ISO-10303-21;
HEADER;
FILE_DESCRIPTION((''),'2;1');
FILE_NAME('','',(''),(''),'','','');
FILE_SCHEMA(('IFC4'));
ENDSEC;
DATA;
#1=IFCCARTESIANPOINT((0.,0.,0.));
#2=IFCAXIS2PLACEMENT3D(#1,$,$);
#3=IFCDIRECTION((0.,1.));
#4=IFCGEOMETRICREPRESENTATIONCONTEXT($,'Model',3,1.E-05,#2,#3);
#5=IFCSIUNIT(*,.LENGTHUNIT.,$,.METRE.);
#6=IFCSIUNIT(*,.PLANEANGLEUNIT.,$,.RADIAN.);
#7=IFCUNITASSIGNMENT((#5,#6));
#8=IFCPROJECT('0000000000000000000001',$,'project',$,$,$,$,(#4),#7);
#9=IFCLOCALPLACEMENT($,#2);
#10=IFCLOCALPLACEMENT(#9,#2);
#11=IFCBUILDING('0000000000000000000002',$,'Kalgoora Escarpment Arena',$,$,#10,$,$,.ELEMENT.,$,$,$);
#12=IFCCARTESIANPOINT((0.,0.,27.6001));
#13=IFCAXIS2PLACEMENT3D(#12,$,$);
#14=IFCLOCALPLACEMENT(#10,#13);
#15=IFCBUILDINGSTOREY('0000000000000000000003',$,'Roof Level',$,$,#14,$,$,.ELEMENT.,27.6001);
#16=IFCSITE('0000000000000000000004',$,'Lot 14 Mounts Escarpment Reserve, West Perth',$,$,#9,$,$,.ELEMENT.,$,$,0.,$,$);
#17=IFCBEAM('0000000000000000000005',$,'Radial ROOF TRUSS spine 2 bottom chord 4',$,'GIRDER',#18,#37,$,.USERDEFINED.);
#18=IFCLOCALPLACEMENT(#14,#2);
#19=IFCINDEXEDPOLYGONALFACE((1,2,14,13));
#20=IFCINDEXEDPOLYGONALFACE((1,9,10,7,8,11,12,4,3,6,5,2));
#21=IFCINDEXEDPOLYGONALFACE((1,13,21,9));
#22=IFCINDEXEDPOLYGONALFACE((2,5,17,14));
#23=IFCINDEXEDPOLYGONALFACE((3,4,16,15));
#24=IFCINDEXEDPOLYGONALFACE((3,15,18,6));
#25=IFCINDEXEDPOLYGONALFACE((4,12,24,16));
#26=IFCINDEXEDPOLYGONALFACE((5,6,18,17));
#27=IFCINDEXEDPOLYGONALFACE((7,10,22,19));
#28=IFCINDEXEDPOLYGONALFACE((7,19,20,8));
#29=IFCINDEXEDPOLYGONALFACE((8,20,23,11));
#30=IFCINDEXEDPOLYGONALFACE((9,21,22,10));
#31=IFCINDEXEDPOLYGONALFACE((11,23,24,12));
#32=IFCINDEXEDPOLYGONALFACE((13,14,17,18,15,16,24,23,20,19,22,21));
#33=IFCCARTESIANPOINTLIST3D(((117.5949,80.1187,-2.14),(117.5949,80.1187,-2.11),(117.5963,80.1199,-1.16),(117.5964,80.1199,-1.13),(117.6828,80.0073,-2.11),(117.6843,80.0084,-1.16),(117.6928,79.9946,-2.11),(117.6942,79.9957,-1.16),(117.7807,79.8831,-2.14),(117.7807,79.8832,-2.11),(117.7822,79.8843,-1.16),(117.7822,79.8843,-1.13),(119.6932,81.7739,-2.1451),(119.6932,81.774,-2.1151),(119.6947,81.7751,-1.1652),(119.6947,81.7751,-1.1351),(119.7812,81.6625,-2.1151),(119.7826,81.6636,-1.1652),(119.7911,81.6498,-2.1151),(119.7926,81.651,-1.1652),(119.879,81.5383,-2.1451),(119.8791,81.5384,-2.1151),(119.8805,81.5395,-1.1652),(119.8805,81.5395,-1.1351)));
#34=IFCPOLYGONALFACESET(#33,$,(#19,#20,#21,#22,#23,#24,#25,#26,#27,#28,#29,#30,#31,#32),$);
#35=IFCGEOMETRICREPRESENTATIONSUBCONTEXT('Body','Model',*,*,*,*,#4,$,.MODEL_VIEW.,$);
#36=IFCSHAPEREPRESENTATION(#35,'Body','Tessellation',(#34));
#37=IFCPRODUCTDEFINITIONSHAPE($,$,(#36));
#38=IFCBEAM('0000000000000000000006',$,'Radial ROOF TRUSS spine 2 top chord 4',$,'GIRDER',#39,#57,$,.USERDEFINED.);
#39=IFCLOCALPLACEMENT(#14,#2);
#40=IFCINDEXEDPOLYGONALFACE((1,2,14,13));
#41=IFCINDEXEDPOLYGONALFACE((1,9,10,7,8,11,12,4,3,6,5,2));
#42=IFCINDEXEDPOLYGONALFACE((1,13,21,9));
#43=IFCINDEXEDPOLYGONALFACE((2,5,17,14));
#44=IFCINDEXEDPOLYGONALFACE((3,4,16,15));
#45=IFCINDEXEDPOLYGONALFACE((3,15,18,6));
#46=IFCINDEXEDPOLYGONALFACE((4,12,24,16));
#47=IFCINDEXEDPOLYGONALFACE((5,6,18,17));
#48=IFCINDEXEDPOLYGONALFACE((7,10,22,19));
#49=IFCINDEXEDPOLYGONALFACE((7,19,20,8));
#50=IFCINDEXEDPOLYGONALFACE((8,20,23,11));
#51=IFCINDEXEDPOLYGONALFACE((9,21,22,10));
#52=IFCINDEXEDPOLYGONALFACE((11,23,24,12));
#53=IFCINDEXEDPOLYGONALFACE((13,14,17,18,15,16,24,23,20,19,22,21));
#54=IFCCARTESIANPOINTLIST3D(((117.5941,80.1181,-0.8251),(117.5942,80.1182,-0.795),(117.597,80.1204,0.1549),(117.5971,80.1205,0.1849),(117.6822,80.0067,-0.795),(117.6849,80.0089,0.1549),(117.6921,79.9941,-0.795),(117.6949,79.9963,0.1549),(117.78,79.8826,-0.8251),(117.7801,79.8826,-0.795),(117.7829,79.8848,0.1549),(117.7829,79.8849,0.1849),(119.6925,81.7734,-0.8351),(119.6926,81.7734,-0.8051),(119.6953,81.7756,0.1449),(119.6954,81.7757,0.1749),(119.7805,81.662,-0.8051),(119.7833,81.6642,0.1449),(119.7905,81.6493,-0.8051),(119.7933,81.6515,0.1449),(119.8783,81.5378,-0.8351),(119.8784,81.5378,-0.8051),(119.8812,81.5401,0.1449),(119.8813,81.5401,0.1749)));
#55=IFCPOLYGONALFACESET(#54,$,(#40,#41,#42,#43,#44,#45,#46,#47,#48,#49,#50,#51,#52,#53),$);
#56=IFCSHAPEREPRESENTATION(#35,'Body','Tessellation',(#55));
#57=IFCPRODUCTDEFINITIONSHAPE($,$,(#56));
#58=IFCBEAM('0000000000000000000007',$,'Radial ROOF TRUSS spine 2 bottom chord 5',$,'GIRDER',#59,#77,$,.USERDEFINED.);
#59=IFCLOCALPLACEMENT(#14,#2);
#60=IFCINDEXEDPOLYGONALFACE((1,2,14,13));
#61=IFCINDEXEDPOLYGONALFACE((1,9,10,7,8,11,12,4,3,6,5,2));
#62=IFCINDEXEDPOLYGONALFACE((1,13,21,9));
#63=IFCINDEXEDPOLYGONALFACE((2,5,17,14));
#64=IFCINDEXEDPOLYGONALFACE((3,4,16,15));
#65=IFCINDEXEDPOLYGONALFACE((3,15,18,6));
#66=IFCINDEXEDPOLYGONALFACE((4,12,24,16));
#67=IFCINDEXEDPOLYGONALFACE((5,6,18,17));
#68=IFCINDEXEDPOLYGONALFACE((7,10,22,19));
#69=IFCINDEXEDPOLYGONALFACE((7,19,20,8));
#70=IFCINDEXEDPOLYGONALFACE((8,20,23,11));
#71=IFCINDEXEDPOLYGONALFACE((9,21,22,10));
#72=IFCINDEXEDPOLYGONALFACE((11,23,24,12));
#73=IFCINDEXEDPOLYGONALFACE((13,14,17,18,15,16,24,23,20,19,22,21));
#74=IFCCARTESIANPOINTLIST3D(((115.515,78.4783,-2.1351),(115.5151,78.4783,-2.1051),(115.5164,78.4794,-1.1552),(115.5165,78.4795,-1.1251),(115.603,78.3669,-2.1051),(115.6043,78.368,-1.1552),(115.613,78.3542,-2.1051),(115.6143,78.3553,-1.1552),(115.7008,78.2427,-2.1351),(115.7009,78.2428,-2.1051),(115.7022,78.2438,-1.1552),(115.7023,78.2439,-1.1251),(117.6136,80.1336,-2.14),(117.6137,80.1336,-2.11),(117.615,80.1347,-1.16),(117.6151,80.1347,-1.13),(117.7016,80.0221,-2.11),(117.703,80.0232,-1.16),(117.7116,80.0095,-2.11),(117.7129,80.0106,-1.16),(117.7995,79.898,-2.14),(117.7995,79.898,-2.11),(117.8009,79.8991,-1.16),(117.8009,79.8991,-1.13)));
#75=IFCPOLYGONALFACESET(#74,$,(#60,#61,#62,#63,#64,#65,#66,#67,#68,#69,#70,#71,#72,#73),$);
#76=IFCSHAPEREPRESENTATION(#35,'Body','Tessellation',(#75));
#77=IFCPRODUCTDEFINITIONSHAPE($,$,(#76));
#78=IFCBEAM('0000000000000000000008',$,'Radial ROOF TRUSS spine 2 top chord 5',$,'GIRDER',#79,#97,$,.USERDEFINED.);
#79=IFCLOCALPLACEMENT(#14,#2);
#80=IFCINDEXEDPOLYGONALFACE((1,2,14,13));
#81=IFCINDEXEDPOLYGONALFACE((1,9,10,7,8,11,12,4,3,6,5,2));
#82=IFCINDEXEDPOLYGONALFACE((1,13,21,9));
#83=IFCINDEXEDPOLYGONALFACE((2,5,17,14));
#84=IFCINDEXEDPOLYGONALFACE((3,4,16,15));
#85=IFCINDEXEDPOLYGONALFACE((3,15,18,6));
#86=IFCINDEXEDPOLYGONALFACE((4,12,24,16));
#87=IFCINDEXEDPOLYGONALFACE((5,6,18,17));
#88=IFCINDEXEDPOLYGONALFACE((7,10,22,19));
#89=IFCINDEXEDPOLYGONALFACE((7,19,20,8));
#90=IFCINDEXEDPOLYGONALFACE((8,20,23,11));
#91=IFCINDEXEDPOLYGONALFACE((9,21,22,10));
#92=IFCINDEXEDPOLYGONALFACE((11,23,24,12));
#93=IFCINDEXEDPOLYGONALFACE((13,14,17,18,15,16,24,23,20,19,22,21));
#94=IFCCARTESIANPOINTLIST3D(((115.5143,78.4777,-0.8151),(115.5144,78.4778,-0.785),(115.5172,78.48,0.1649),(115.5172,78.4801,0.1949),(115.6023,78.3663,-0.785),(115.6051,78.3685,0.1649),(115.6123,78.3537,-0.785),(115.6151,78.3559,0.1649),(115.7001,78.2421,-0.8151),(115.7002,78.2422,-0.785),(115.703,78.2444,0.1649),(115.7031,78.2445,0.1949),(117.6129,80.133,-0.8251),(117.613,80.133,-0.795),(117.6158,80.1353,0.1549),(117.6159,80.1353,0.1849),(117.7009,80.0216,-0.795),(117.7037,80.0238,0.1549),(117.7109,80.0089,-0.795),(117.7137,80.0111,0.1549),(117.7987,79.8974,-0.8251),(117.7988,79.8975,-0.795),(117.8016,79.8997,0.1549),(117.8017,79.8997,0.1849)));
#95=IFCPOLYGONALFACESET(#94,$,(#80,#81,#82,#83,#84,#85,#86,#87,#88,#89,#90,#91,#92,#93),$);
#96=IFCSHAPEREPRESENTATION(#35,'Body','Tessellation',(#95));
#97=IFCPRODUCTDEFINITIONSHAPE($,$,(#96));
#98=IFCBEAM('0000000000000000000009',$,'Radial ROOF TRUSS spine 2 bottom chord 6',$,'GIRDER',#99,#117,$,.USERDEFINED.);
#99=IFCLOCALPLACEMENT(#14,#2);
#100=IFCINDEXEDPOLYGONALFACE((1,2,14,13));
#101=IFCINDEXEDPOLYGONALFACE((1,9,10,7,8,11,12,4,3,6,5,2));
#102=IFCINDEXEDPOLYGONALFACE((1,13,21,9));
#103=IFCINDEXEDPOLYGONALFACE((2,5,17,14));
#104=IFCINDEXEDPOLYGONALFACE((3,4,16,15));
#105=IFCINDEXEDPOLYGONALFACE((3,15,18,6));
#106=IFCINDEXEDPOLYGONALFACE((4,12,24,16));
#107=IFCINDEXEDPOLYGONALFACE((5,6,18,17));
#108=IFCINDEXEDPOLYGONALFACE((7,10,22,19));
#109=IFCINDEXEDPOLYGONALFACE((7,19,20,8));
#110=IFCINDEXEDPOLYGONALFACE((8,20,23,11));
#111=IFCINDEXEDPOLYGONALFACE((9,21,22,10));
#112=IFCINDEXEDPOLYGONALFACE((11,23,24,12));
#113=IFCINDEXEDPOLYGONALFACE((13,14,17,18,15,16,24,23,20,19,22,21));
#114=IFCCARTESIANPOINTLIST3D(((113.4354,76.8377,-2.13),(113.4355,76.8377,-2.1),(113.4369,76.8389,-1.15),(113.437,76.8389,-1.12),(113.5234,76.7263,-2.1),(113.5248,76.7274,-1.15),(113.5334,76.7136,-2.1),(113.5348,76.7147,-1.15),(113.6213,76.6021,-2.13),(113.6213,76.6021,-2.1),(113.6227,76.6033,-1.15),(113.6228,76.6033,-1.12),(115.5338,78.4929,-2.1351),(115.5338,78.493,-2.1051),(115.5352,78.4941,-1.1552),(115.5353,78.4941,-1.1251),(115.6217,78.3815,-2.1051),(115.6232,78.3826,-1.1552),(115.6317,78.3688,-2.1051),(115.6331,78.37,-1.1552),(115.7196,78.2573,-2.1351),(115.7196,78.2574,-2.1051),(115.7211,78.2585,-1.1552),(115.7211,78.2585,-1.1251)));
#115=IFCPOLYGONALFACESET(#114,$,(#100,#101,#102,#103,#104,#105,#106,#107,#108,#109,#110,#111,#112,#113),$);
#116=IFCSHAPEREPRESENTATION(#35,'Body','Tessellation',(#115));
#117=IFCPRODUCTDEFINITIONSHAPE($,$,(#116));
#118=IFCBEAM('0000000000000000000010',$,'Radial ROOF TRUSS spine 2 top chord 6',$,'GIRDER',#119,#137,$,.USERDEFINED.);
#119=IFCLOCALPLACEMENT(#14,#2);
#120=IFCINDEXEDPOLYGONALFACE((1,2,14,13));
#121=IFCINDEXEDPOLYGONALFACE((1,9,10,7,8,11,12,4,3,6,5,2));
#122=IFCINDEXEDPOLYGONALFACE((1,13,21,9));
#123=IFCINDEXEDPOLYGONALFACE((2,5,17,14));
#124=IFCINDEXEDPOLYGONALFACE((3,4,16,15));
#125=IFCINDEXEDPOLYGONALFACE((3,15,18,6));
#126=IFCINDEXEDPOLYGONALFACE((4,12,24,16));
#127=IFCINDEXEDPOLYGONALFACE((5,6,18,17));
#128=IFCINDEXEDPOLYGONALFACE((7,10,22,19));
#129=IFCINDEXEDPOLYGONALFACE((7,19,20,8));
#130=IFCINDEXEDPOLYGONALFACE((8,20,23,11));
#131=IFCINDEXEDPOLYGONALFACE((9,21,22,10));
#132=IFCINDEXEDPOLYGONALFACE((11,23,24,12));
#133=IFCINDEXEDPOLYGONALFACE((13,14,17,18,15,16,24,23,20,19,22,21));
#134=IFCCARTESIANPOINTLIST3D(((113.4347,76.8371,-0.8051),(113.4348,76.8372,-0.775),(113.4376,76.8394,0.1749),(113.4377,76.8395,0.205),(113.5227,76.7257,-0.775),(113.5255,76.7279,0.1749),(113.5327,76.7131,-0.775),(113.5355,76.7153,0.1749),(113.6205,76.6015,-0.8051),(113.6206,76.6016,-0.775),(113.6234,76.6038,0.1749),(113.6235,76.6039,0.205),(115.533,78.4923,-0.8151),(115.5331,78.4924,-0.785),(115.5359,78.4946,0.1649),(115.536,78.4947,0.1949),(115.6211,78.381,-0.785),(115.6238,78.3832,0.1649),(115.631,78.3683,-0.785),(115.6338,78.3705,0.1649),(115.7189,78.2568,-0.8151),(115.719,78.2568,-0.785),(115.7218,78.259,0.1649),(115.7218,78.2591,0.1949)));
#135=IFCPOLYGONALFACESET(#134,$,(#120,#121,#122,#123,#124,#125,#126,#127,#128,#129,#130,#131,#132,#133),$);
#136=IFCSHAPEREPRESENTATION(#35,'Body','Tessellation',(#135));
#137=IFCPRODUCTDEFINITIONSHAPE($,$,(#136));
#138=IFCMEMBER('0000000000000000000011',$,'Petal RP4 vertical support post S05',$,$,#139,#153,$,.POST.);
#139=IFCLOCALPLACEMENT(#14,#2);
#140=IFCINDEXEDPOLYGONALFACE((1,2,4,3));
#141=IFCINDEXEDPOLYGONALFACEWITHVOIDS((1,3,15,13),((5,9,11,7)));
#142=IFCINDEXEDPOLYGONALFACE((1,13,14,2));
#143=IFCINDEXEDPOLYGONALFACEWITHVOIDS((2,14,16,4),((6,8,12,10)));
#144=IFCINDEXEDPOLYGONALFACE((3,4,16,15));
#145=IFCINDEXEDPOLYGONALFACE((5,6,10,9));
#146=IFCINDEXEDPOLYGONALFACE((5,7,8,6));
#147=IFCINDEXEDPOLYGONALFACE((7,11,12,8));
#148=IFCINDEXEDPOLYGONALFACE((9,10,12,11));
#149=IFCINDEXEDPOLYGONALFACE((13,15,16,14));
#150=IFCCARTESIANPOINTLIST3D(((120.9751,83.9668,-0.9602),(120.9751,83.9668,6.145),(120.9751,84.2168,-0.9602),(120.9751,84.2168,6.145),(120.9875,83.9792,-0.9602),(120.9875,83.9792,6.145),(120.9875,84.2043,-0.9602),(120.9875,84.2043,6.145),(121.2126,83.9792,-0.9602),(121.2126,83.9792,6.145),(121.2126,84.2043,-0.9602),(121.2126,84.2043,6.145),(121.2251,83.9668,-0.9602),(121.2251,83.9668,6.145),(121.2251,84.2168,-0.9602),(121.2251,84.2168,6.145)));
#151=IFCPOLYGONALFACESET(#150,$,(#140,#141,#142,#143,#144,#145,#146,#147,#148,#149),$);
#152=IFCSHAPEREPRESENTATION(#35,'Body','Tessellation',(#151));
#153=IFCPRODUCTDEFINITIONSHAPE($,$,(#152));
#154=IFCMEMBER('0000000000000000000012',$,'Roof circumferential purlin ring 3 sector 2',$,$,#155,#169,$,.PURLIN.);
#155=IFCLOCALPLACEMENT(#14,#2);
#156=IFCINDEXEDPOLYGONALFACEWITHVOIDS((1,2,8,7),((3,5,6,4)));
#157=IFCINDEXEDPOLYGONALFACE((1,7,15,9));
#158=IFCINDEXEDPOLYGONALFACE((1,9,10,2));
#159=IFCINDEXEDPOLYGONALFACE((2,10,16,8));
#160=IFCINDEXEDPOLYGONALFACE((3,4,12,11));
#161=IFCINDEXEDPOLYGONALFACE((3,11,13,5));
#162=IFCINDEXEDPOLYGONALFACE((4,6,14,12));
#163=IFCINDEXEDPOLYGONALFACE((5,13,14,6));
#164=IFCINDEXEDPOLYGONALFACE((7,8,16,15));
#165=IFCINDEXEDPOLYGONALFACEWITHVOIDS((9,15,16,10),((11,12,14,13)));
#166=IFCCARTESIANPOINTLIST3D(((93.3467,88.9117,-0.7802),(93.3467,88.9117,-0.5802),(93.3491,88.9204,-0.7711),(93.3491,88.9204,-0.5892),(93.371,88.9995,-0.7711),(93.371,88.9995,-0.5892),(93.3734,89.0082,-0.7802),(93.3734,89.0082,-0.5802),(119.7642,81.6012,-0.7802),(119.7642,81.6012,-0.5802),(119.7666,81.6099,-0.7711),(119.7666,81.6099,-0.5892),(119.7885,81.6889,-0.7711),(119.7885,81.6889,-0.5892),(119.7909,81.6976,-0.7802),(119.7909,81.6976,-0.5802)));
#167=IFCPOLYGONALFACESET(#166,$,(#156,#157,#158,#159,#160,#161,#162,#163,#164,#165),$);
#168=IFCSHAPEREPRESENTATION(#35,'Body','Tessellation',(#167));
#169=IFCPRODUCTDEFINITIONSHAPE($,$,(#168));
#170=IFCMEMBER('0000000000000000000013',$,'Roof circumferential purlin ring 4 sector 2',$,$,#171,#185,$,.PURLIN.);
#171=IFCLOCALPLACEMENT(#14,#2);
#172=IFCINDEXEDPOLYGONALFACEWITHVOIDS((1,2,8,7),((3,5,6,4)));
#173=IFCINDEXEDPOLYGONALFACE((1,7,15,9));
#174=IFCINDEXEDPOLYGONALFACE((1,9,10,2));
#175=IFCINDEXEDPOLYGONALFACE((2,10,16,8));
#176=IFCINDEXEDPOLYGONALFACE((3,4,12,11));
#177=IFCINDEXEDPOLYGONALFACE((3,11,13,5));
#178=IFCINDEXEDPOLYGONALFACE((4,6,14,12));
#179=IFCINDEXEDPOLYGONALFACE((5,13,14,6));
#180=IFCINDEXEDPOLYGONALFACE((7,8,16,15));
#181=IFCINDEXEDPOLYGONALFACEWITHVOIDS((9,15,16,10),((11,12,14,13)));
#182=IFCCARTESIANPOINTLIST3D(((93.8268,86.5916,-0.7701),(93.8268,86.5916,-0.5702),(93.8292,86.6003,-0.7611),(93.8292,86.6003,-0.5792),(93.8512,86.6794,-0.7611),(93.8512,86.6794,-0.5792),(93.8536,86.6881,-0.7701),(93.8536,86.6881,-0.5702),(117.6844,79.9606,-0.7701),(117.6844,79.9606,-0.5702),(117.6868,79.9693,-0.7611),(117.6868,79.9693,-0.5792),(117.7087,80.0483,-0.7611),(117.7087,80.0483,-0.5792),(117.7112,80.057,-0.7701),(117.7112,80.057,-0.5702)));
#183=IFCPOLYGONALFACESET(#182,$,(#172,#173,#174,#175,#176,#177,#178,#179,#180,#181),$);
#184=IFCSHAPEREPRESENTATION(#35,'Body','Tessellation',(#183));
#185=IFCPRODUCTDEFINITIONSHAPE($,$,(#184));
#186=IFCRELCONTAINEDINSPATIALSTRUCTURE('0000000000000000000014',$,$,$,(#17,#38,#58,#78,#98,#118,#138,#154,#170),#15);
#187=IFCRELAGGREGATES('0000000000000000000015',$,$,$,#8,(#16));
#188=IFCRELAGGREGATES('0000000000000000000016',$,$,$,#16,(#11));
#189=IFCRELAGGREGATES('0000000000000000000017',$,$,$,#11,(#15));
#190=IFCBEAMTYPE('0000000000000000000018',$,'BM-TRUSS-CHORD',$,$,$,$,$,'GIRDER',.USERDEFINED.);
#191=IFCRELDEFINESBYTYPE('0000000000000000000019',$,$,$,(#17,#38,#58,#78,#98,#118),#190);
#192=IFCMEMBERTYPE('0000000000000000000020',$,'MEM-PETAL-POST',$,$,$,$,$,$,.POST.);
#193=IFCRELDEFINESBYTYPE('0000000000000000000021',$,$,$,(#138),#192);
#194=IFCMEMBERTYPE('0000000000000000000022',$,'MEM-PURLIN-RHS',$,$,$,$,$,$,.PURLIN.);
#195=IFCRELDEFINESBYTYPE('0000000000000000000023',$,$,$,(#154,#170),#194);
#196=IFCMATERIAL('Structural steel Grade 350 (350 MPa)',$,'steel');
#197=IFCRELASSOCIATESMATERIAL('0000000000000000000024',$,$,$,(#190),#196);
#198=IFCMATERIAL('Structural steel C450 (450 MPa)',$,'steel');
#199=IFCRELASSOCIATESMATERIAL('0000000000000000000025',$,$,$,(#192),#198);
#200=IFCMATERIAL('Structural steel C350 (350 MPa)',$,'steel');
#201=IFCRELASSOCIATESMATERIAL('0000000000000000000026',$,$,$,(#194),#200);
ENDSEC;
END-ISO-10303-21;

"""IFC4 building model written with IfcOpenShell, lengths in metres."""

from ifc_helpers import new_model, si_unit, direction, frame, origin, origin_2d, place, context, subcontext, project, spatial, hollow_rectangle, i_section, extrude, material, material_profile, profile_set, type_object, element, save


model = new_model("IFC4")

# Units and contexts
model_context = context("Model", 3, precision=1e-05, world=origin(), true_north=direction((0.0, 1.0)))
body_context = subcontext(model_context, "Body", "Model", "MODEL_VIEW")
ifc_project = project(units=[si_unit("LENGTHUNIT", "METRE"), si_unit("PLANEANGLEUNIT", "RADIAN")], contexts=[model_context])

# Site, building, storey
site_placement = place(None, origin())
site = spatial("IfcSite", under=ifc_project, at=site_placement, Name="Lot 14 Mounts Escarpment Reserve, West Perth", CompositionType="ELEMENT", RefElevation=0.0)
building_placement = place(site_placement, origin())
building = spatial("IfcBuilding", under=site, at=building_placement, Name="Kalgoora Escarpment Arena", CompositionType="ELEMENT")
storey_placement = place(building_placement, frame((0.0, 0.0, 27.6001)))
storey = spatial("IfcBuildingStorey", under=building, at=storey_placement, Name="Roof Level", CompositionType="ELEMENT", Elevation=27.6001)

# Beams
ifc_material_1 = material(Name="Structural steel Grade 350 (350 MPa)", Category="steel")
ifc_material_profile_1 = material_profile(ifc_material_1, i_section(OverallWidth=0.3, OverallDepth=1.01, WebThickness=0.0161, FlangeThickness=0.03, at=origin_2d()))
ifc_profile_set_1 = profile_set([ifc_material_profile_1], Name="Structural steel Grade 350 (350 MPa)")
beam_type = type_object("IfcBeamType", Name="BM-TRUSS-CHORD", ElementType="GIRDER", PredefinedType="USERDEFINED", material=ifc_profile_set_1)
for number, where, z_axis, x_axis, name in (
    (1, (119.7869, 81.6567, -1.6401), (-0.785127, -0.619332, 0.001918), (0.619333, -0.785128, 0.0), "Radial ROOF TRUSS spine 2 bottom chord 4"),
    (2, (119.7869, 81.6567, -0.3301), (-0.785123, -0.619329, 0.003745), (0.619333, -0.785128, 0.0), "Radial ROOF TRUSS spine 2 top chord 4"),
):
    element("IfcBeam", number, at=place(storey_placement, frame(where, z_axis=z_axis, x_axis=x_axis)), inside=storey, type_object=beam_type, Name=name, ObjectType="GIRDER", PredefinedType="USERDEFINED", context=body_context, shape_type="SweptSolid", body=[
        extrude(i_section(OverallWidth=0.3, OverallDepth=1.01, WebThickness=0.0161, FlangeThickness=0.03, at=origin_2d()), origin(), (0.0, 0.0, 1.0), 2.6726),
    ])
for number, where, z_axis, x_axis, name in (
    (3, (117.7073, 80.0164, -1.635), (-0.785162, -0.619288, 0.001827), (0.619289, -0.785163, 0.0), "Radial ROOF TRUSS spine 2 bottom chord 5"),
    (4, (117.7073, 80.0164, -0.3201), (-0.785158, -0.619284, 0.003745), (0.619289, -0.785163, 0.0), "Radial ROOF TRUSS spine 2 top chord 5"),
):
    element("IfcBeam", number, at=place(storey_placement, frame(where, z_axis=z_axis, x_axis=x_axis)), inside=storey, type_object=beam_type, Name=name, ObjectType="GIRDER", PredefinedType="USERDEFINED", context=body_context, shape_type="SweptSolid", body=[
        extrude(i_section(OverallWidth=0.3, OverallDepth=1.01, WebThickness=0.0161, FlangeThickness=0.03, at=origin_2d()), origin(), (0.0, 0.0, 1.0), 2.6729),
    ])
for number, where, z_axis, x_axis, name in (
    (5, (115.6274, 78.3757, -1.6301), (-0.785127, -0.619332, 0.001918), (0.619333, -0.785128, 0.0), "Radial ROOF TRUSS spine 2 bottom chord 6"),
    (6, (115.6274, 78.3757, -0.3101), (-0.785123, -0.619329, 0.003745), (0.619333, -0.785128, 0.0), "Radial ROOF TRUSS spine 2 top chord 6"),
):
    element("IfcBeam", number, at=place(storey_placement, frame(where, z_axis=z_axis, x_axis=x_axis)), inside=storey, type_object=beam_type, Name=name, ObjectType="GIRDER", PredefinedType="USERDEFINED", context=body_context, shape_type="SweptSolid", body=[
        extrude(i_section(OverallWidth=0.3, OverallDepth=1.01, WebThickness=0.0161, FlangeThickness=0.03, at=origin_2d()), origin(), (0.0, 0.0, 1.0), 2.6726),
    ])

# Members
ifc_material_2 = material(Name="Structural steel C450 (450 MPa)", Category="steel")
ifc_material_profile_2 = material_profile(ifc_material_2, hollow_rectangle(XDim=0.25, YDim=0.25, WallThickness=0.0125, at=origin_2d()))
ifc_profile_set_2 = profile_set([ifc_material_profile_2], Name="Structural steel C450 (450 MPa)")
member_type_1 = type_object("IfcMemberType", Name="MEM-PETAL-POST", PredefinedType="POST", material=ifc_profile_set_2)
member_1_placement = place(storey_placement, frame((121.1001, 84.0918, -0.9602), z_axis=(0.0, 0.0, 1.0), x_axis=(1.0, 0.0, 0.0)))
element("IfcMember", 7, at=member_1_placement, inside=storey, type_object=member_type_1, Name="Petal RP4 vertical support post S05", PredefinedType="POST", context=body_context, shape_type="SweptSolid", body=[
    extrude(hollow_rectangle(XDim=0.25, YDim=0.25, WallThickness=0.0125, at=origin_2d()), origin(), (0.0, 0.0, 1.0), 7.1052),
])
ifc_material_3 = material(Name="Structural steel C350 (350 MPa)", Category="steel")
ifc_material_profile_3 = material_profile(ifc_material_3, hollow_rectangle(XDim=0.1001, YDim=0.2, WallThickness=0.009, at=origin_2d()))
ifc_profile_set_3 = profile_set([ifc_material_profile_3], Name="Structural steel C350 (350 MPa)")
member_type_2 = type_object("IfcMemberType", Name="MEM-PURLIN-RHS", PredefinedType="PURLIN", material=ifc_profile_set_3)
member_2_placement = place(storey_placement, frame((119.7776, 81.6494, -0.6802), z_axis=(-0.963778, 0.266708, 0.0), x_axis=(-0.266708, -0.963778, 0.0)))
element("IfcMember", 8, at=member_2_placement, inside=storey, type_object=member_type_2, Name="Roof circumferential purlin ring 3 sector 2", PredefinedType="PURLIN", context=body_context, shape_type="SweptSolid", body=[
    extrude(hollow_rectangle(XDim=0.1001, YDim=0.2, WallThickness=0.009, at=origin_2d()), origin(), (0.0, 0.0, 1.0), 27.4104),
])
member_3_placement = place(storey_placement, frame((117.6978, 80.0088, -0.6702), z_axis=(-0.963477, 0.267793, 0.0), x_axis=(-0.267793, -0.963477, 0.0)))
element("IfcMember", 9, at=member_3_placement, inside=storey, type_object=member_type_2, Name="Roof circumferential purlin ring 4 sector 2", PredefinedType="PURLIN", context=body_context, shape_type="SweptSolid", body=[
    extrude(hollow_rectangle(XDim=0.1001, YDim=0.2, WallThickness=0.009, at=origin_2d()), origin(), (0.0, 0.0, 1.0), 24.762),
])

save(model, "model.ifc")
